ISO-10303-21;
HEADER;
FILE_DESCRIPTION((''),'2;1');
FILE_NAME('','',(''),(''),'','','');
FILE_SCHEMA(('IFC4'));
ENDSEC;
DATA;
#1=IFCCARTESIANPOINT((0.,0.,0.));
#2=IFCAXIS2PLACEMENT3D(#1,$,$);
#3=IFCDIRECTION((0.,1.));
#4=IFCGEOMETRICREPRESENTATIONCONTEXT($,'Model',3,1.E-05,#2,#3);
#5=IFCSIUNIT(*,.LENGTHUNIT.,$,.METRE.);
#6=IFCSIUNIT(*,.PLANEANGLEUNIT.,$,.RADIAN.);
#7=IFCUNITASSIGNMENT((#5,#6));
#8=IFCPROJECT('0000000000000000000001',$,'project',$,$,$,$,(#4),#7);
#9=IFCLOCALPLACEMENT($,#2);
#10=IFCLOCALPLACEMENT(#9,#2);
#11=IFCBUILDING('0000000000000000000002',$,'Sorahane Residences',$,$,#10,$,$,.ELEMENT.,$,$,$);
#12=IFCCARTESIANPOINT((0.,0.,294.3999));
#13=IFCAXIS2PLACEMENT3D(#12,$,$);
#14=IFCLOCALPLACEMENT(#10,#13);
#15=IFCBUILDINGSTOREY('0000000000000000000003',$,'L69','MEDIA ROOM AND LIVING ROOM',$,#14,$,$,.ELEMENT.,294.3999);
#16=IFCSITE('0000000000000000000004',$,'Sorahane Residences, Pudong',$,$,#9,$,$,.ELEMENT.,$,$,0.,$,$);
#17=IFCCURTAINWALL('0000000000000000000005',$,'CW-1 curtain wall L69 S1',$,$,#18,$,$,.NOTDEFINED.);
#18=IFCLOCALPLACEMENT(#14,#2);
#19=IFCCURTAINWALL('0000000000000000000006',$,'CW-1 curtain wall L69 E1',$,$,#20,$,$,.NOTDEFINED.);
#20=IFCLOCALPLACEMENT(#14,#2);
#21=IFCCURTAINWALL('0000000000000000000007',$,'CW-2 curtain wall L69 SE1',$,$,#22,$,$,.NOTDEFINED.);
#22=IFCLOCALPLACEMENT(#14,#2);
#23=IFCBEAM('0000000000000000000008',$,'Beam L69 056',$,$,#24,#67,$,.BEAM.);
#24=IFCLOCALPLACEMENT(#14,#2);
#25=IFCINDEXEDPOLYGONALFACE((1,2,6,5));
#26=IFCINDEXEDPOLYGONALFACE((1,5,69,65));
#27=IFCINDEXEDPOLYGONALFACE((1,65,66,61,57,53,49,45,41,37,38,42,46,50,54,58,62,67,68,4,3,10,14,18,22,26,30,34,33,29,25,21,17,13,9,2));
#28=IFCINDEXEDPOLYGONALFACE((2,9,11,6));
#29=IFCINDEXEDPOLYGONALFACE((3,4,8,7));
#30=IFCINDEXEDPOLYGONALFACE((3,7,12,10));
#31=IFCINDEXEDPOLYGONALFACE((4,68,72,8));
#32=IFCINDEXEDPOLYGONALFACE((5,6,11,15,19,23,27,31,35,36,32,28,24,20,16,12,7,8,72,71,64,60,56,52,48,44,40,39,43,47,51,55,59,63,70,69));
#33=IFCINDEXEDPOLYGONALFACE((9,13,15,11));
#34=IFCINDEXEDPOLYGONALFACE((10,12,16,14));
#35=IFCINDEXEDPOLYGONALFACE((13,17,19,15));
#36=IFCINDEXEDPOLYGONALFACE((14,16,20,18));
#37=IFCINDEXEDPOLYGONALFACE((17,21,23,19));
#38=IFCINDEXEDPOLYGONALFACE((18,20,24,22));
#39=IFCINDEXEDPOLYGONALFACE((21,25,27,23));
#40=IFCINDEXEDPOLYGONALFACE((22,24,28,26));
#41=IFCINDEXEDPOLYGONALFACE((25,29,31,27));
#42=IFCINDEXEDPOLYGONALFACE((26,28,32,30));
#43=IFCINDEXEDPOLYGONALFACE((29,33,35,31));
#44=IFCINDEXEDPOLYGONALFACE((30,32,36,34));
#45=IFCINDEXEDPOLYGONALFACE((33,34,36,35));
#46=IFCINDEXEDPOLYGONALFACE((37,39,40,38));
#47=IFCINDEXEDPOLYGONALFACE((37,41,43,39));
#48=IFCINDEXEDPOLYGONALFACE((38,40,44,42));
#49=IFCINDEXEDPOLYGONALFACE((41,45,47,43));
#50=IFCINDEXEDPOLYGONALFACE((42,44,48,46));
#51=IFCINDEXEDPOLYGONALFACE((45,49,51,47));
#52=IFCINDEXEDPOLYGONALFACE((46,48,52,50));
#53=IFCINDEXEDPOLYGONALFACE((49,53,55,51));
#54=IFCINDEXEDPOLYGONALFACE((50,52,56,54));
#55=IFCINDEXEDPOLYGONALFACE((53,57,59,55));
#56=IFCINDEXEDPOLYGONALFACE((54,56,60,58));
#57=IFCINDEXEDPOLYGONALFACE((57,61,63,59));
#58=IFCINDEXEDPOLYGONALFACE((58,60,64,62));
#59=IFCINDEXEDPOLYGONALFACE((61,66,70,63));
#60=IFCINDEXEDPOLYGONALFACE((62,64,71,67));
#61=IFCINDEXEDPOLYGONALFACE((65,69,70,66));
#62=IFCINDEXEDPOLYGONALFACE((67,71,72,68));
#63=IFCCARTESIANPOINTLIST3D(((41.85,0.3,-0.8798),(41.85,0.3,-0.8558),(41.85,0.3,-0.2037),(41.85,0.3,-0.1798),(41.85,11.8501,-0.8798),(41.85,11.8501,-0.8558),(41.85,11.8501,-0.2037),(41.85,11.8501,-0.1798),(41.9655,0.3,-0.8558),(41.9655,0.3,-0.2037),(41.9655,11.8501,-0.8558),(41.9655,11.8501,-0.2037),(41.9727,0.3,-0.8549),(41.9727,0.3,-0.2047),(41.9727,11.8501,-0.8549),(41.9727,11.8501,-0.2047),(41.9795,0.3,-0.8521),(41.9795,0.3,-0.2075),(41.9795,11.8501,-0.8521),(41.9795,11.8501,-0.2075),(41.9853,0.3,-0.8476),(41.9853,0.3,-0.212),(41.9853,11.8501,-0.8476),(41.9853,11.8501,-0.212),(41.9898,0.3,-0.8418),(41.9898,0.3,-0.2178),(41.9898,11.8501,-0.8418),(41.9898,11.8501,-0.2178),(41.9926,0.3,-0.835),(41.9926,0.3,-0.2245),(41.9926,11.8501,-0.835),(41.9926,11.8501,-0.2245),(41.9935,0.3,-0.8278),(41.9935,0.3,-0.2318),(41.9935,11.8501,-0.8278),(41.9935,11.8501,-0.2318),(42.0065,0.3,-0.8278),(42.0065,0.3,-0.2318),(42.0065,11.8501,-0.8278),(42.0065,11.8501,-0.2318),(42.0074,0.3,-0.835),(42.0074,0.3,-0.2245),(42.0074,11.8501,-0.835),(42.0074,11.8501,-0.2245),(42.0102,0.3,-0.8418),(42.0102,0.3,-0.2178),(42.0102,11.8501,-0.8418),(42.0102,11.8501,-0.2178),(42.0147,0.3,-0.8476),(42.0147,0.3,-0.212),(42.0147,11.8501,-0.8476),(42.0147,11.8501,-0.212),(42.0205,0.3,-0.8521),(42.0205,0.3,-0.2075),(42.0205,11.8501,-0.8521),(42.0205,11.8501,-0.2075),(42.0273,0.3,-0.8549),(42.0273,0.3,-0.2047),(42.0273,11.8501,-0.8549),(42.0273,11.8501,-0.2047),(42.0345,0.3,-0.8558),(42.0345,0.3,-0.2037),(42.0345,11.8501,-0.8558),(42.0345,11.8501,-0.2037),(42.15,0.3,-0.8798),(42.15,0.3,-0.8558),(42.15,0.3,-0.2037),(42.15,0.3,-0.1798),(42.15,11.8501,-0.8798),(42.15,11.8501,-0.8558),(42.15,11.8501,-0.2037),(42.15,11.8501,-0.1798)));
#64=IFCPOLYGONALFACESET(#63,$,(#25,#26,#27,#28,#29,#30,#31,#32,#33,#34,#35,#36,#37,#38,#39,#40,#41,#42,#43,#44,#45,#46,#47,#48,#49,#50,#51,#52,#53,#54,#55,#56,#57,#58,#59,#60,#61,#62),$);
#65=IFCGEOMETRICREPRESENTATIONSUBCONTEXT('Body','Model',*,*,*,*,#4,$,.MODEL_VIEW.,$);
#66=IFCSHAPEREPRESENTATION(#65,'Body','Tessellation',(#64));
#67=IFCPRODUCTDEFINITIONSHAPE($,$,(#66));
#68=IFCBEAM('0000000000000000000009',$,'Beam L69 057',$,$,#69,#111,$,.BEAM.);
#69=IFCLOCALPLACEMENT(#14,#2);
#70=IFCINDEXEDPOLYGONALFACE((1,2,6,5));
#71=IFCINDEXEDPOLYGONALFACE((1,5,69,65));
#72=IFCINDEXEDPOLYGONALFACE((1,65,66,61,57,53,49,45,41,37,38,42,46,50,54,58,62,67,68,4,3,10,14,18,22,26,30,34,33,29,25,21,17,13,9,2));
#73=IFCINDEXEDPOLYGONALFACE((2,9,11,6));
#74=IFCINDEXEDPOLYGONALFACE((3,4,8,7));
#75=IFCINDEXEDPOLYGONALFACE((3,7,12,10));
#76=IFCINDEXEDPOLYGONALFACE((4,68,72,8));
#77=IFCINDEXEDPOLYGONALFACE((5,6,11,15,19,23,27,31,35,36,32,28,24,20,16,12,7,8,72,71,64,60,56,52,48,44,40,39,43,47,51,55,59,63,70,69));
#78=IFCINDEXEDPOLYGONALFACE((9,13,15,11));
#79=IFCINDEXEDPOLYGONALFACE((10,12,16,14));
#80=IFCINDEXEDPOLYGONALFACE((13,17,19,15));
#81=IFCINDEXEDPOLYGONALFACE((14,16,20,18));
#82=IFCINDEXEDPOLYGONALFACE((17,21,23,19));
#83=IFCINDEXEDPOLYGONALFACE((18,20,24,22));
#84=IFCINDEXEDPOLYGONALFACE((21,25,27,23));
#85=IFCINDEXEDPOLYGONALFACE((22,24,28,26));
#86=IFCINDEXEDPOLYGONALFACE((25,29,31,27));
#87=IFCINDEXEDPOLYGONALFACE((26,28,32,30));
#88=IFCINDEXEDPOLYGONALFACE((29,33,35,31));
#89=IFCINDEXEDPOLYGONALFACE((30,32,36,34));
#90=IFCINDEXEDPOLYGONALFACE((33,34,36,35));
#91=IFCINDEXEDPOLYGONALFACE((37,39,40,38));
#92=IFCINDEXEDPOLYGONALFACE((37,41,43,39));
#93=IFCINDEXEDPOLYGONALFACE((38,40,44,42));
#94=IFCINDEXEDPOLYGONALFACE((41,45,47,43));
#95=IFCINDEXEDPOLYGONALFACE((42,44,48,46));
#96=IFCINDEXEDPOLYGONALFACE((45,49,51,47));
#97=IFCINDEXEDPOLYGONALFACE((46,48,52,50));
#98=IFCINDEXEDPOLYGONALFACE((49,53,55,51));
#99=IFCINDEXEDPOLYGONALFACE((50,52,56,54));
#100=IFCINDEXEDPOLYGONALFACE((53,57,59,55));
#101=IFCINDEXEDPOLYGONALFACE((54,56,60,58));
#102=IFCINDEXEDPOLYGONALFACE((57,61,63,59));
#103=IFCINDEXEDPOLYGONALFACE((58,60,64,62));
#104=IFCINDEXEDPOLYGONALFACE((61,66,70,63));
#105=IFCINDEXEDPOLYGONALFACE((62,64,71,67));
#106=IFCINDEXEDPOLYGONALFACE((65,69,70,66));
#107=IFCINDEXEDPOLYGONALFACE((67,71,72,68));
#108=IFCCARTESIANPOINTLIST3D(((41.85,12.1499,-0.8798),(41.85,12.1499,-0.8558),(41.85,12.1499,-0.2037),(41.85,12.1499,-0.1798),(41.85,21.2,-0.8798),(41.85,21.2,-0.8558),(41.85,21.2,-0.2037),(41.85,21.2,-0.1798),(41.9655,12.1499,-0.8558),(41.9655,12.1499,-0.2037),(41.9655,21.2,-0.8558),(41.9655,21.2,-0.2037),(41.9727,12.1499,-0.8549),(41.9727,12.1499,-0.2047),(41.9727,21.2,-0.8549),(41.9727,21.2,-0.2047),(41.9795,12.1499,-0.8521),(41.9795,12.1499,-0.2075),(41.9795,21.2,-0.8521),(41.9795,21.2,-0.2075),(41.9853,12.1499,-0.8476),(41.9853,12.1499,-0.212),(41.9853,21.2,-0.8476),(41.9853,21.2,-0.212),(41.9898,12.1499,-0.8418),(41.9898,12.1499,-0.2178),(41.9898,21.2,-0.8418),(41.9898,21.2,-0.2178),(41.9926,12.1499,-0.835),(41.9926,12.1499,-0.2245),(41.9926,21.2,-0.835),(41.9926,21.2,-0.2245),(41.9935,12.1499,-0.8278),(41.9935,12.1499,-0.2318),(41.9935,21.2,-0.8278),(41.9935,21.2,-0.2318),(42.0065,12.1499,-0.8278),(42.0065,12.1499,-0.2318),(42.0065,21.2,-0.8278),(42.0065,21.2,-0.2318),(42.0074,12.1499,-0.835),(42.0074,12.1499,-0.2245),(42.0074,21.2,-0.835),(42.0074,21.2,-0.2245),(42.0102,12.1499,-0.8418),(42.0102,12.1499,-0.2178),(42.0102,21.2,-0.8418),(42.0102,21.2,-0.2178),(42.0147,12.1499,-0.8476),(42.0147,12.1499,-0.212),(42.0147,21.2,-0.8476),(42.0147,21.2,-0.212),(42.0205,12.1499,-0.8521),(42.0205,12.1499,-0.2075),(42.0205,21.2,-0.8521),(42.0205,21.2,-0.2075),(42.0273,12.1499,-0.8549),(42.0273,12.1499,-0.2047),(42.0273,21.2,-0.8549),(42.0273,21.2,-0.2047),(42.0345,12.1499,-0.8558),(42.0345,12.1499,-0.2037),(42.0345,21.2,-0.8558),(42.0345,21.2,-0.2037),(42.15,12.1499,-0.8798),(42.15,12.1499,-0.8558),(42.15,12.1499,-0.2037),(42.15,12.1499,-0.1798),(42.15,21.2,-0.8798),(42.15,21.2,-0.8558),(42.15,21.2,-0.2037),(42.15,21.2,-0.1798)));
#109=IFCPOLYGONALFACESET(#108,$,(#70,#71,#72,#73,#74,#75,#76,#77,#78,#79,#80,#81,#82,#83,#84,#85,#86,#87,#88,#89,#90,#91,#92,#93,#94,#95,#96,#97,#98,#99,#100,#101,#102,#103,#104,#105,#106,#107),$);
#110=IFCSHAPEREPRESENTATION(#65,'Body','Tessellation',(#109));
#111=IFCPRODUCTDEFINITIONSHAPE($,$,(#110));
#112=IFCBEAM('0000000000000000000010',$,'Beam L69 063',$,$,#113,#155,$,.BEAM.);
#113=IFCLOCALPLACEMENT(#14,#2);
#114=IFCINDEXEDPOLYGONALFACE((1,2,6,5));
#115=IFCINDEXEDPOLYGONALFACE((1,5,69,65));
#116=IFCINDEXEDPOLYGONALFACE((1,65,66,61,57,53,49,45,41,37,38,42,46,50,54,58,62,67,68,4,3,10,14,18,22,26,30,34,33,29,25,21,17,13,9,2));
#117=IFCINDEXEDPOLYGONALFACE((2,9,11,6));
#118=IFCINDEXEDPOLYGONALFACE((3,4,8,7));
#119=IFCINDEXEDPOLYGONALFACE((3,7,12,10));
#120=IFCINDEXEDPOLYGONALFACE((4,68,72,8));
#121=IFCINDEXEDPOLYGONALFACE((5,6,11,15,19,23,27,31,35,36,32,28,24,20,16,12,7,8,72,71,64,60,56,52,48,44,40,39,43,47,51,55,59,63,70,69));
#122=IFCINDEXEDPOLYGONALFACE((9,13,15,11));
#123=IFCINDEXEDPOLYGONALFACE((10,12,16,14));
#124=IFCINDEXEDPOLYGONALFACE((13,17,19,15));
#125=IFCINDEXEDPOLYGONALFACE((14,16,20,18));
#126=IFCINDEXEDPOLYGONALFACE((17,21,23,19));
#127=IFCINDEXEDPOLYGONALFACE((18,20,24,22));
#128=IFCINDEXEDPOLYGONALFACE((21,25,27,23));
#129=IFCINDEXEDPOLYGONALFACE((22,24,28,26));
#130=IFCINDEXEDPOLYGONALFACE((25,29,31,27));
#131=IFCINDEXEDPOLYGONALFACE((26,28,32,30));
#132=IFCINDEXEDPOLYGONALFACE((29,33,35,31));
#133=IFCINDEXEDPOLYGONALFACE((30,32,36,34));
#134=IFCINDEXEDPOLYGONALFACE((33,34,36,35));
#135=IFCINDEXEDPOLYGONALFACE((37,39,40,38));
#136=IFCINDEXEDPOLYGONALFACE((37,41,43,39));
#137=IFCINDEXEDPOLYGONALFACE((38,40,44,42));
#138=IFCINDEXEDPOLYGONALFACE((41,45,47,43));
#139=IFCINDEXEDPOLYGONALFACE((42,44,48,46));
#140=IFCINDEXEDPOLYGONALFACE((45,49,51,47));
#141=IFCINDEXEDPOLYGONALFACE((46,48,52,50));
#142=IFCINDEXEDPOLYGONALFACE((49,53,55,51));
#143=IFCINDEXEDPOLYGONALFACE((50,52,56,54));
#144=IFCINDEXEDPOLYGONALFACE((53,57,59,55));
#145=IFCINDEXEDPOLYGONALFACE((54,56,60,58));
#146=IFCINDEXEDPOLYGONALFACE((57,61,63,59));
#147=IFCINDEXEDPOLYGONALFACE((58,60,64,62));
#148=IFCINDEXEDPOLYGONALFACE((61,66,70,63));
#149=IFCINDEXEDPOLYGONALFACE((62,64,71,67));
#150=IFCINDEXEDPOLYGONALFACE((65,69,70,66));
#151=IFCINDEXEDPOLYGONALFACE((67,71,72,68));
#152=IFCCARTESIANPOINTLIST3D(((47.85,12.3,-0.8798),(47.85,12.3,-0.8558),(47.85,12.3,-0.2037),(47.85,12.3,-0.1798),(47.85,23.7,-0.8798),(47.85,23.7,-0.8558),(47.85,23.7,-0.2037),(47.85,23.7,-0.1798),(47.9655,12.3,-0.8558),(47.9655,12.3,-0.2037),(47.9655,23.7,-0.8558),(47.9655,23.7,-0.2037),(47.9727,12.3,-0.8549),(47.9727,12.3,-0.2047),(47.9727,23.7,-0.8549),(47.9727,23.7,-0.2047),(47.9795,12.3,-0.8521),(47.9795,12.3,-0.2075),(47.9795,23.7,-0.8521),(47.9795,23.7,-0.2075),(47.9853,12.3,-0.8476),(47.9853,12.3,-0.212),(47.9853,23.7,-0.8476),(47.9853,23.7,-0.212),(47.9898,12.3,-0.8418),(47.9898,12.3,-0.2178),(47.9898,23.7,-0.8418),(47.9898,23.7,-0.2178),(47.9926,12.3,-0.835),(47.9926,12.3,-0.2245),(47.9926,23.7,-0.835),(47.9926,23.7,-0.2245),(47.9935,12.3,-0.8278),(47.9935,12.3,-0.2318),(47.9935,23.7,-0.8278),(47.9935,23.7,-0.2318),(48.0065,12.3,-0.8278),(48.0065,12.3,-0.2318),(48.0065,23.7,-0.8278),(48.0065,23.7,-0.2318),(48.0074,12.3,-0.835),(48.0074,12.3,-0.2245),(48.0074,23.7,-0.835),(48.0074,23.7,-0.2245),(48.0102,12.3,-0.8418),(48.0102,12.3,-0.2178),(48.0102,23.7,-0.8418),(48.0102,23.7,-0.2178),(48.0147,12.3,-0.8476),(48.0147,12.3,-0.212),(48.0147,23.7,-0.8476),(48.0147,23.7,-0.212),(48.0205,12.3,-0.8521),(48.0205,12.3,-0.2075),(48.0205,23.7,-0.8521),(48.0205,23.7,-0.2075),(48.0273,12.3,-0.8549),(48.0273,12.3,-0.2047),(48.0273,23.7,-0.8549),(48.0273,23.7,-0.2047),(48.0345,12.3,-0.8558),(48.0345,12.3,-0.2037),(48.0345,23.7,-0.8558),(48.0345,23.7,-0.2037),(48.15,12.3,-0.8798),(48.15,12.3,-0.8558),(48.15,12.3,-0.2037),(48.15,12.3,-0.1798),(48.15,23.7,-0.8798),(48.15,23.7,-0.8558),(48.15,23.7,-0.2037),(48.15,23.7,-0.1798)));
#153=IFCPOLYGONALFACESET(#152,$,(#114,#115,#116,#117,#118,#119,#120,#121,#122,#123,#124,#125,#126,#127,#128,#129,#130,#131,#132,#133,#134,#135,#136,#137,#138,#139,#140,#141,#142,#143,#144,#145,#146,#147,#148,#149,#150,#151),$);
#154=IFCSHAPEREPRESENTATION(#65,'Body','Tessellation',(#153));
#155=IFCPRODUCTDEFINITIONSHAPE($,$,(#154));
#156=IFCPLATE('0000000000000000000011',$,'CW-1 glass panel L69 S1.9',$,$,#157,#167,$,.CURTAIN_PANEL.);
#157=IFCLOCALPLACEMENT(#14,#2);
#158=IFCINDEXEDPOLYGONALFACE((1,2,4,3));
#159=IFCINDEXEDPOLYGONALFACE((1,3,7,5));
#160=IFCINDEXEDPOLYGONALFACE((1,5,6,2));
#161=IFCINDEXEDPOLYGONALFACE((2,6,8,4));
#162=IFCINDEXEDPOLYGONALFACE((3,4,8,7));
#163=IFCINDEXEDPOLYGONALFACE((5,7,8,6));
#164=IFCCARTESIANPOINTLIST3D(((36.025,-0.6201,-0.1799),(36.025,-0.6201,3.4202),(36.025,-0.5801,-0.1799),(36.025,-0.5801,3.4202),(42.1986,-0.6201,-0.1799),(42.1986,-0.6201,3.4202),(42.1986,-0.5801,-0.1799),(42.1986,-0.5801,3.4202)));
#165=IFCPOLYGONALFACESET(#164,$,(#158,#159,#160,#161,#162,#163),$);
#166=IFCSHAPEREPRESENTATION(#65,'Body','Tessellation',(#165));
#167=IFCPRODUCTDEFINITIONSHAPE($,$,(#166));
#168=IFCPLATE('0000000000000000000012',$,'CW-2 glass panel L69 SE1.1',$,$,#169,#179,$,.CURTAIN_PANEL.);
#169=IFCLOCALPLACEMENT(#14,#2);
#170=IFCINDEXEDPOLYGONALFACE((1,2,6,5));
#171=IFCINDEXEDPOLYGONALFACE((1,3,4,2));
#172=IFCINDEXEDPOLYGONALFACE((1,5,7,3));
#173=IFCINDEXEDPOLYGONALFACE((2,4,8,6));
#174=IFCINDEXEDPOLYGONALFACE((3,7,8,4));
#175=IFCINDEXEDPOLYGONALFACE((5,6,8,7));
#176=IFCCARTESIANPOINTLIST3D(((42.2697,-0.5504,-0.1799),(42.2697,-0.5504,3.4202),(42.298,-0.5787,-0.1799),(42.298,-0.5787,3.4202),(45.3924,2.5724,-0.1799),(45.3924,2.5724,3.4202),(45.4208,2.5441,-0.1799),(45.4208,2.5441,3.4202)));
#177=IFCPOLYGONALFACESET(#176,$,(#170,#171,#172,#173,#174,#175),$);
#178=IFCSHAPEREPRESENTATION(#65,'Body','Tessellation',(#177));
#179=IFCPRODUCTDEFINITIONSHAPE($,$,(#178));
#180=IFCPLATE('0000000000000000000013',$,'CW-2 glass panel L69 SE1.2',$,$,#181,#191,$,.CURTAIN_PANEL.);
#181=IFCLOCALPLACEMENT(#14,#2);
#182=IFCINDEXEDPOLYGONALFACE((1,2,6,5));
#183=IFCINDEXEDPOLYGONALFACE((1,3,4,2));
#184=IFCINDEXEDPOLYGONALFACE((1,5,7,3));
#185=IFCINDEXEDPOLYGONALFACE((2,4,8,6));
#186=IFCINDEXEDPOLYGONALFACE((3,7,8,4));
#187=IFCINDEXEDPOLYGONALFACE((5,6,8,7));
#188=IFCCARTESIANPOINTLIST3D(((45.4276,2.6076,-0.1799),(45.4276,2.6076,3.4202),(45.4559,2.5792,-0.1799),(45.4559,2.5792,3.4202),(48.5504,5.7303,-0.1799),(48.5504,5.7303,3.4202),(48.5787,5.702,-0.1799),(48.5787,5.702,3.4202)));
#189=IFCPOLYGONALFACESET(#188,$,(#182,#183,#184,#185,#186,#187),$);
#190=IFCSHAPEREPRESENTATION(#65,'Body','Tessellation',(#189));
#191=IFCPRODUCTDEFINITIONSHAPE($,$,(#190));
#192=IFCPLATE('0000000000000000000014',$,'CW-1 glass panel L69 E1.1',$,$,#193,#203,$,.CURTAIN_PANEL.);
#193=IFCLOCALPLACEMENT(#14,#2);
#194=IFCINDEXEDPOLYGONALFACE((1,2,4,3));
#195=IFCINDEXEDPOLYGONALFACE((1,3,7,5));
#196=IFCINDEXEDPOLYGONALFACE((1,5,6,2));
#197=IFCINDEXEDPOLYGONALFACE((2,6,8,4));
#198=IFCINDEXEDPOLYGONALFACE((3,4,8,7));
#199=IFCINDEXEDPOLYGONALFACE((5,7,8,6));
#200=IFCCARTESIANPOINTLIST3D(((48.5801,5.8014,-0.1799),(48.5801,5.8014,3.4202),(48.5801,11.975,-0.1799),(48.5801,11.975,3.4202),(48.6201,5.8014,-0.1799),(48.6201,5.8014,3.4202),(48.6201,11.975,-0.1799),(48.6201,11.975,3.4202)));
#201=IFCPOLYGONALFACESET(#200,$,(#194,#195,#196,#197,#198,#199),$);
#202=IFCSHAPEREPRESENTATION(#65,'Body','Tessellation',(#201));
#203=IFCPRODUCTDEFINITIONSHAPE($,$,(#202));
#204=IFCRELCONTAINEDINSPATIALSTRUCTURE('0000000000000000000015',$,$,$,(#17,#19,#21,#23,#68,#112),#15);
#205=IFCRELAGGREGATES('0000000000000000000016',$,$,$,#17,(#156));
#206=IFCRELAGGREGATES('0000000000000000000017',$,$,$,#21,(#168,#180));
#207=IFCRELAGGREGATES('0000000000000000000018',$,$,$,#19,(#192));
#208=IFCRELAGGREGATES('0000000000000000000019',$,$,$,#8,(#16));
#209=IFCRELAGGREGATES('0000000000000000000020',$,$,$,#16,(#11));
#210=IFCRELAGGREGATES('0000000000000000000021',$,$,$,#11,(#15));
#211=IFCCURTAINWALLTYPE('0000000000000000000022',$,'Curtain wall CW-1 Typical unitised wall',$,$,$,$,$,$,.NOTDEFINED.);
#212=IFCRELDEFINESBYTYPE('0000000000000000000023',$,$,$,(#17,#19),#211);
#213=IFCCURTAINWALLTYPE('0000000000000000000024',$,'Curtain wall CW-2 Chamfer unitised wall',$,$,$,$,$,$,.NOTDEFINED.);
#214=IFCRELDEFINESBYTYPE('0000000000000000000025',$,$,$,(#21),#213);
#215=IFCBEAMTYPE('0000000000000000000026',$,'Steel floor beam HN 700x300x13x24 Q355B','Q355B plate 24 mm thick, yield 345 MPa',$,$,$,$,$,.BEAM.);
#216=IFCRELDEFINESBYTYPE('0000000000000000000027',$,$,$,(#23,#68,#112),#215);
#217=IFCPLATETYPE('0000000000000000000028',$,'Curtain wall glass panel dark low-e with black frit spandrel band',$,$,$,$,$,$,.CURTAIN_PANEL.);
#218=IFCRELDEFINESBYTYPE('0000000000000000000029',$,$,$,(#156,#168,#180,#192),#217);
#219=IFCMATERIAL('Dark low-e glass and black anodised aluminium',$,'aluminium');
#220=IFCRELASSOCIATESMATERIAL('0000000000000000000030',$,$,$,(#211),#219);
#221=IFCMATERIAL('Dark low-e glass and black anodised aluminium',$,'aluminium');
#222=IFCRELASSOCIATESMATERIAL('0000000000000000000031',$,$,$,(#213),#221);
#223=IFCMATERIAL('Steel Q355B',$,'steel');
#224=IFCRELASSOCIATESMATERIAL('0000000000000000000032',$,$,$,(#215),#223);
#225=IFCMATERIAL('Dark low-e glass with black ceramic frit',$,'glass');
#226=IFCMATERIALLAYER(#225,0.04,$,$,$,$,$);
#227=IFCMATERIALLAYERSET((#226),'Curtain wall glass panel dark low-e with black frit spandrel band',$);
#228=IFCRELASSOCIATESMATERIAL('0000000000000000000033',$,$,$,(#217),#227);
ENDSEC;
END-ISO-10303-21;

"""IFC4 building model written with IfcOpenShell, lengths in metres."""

from ifc_helpers import new_model, si_unit, direction, frame, origin, origin_2d, place, context, subcontext, project, spatial, rectangle, i_section, extrude, material, layer, layer_set, material_profile, profile_set, type_object, element, aggregate, save


model = new_model("IFC4")

# Units and contexts
model_context = context("Model", 3, precision=1e-05, world=origin(), true_north=direction((0.0, 1.0)))
body_context = subcontext(model_context, "Body", "Model", "MODEL_VIEW")
ifc_project = project(units=[si_unit("LENGTHUNIT", "METRE"), si_unit("PLANEANGLEUNIT", "RADIAN")], contexts=[model_context])

# Site, building, storey
site_placement = place(None, origin())
site = spatial("IfcSite", under=ifc_project, at=site_placement, Name="Sorahane Residences, Pudong", CompositionType="ELEMENT", RefElevation=0.0)
building_placement = place(site_placement, origin())
building = spatial("IfcBuilding", under=site, at=building_placement, Name="Sorahane Residences", CompositionType="ELEMENT")
storey_placement = place(building_placement, frame((0.0, 0.0, 294.3999)))
storey = spatial("IfcBuildingStorey", under=building, at=storey_placement, Name="L69", Description="MEDIA ROOM AND LIVING ROOM", CompositionType="ELEMENT", Elevation=294.3999)

# Curtain walls
ifc_material_1 = material(Name="Dark low-e glass and black anodised aluminium", Category="aluminium")
curtain_wall_type_1 = type_object("IfcCurtainWallType", Name="Curtain wall CW-1 Typical unitised wall", PredefinedType="NOTDEFINED", material=ifc_material_1)
curtain_wall_1_placement = place(storey_placement, origin())
curtain_wall_1 = element("IfcCurtainWall", 1, at=curtain_wall_1_placement, inside=storey, type_object=curtain_wall_type_1, Name="CW-1 curtain wall L69 S1", PredefinedType="NOTDEFINED")
curtain_wall_2_placement = place(storey_placement, origin())
curtain_wall_2 = element("IfcCurtainWall", 2, at=curtain_wall_2_placement, inside=storey, type_object=curtain_wall_type_1, Name="CW-1 curtain wall L69 E1", PredefinedType="NOTDEFINED")

# Curtain wall
ifc_material_2 = material(Name="Dark low-e glass and black anodised aluminium", Category="aluminium")
curtain_wall_type_2 = type_object("IfcCurtainWallType", Name="Curtain wall CW-2 Chamfer unitised wall", PredefinedType="NOTDEFINED", material=ifc_material_2)
curtain_wall_3_placement = place(storey_placement, origin())
curtain_wall_3 = element("IfcCurtainWall", 3, at=curtain_wall_3_placement, inside=storey, type_object=curtain_wall_type_2, Name="CW-2 curtain wall L69 SE1", PredefinedType="NOTDEFINED")

# Beams
ifc_material_3 = material(Name="Steel Q355B", Category="steel")
ifc_material_profile_1 = material_profile(ifc_material_3, i_section(OverallWidth=0.3, OverallDepth=0.7, WebThickness=0.0129, FlangeThickness=0.0239, FilletRadius=0.0281, at=origin_2d()), Name="HN 700x300x13x24")
ifc_profile_set_1 = profile_set([ifc_material_profile_1], Name="Steel Q355B")
beam_type_1 = type_object("IfcBeamType", Name="Steel floor beam HN 700x300x13x24 Q355B", Description="Q355B plate 24 mm thick, yield 345 MPa", PredefinedType="BEAM", material=ifc_profile_set_1)
beam_1_placement = place(storey_placement, frame((42.0, 0.3, -0.5298), z_axis=(0.0, 1.0, 0.0), x_axis=(-1.0, 0.0, 0.0)))
element("IfcBeam", 4, at=beam_1_placement, inside=storey, type_object=beam_type_1, Name="Beam L69 056", PredefinedType="BEAM", context=body_context, shape_type="SweptSolid", body=[
    extrude(i_section(OverallWidth=0.3, OverallDepth=0.7, WebThickness=0.0129, FlangeThickness=0.0239, FilletRadius=0.0281, at=origin_2d()), origin(), (0.0, 0.0, 1.0), 11.55),
])
beam_2_placement = place(storey_placement, frame((42.0, 12.1499, -0.5298), z_axis=(0.0, 1.0, 0.0), x_axis=(-1.0, 0.0, 0.0)))
element("IfcBeam", 5, at=beam_2_placement, inside=storey, type_object=beam_type_1, Name="Beam L69 057", PredefinedType="BEAM", context=body_context, shape_type="SweptSolid", body=[
    extrude(i_section(OverallWidth=0.3, OverallDepth=0.7, WebThickness=0.0129, FlangeThickness=0.0239, FilletRadius=0.0281, at=origin_2d()), origin(), (0.0, 0.0, 1.0), 9.05),
])
beam_3_placement = place(storey_placement, frame((48.0, 12.3, -0.5298), z_axis=(0.0, 1.0, 0.0), x_axis=(-1.0, 0.0, 0.0)))
element("IfcBeam", 6, at=beam_3_placement, inside=storey, type_object=beam_type_1, Name="Beam L69 063", PredefinedType="BEAM", context=body_context, shape_type="SweptSolid", body=[
    extrude(i_section(OverallWidth=0.3, OverallDepth=0.7, WebThickness=0.0129, FlangeThickness=0.0239, FilletRadius=0.0281, at=origin_2d()), origin(), (0.0, 0.0, 1.0), 11.3999),
])

# Plates
ifc_material_4 = material(Name="Dark low-e glass with black ceramic frit", Category="glass")
ifc_layer_1 = layer(ifc_material_4, 0.04)
ifc_layer_set_1 = layer_set([ifc_layer_1], Name="Curtain wall glass panel dark low-e with black frit spandrel band")
plate_type = type_object("IfcPlateType", Name="Curtain wall glass panel dark low-e with black frit spandrel band", PredefinedType="CURTAIN_PANEL", material=ifc_layer_set_1)
plate_1_placement = place(storey_placement, frame((39.1118, -0.6001, -0.1799), z_axis=(0.0, 0.0, 1.0), x_axis=(1.0, 0.0, 0.0)))
plate_1 = element("IfcPlate", 7, at=plate_1_placement, type_object=plate_type, Name="CW-1 glass panel L69 S1.9", PredefinedType="CURTAIN_PANEL", context=body_context, shape_type="SweptSolid", body=[
    extrude(rectangle(XDim=6.1736, YDim=0.04, at=origin_2d()), origin(), (0.0, 0.0, 1.0), 3.6001),
])
aggregate(curtain_wall_1, [plate_1])
plate_2_placement = place(storey_placement, frame((43.8452, 0.9968, -0.1799), z_axis=(0.0, 0.0, 1.0), x_axis=(0.707107, 0.707107, 0.0)))
plate_2 = element("IfcPlate", 8, at=plate_2_placement, type_object=plate_type, Name="CW-2 glass panel L69 SE1.1", PredefinedType="CURTAIN_PANEL", context=body_context, shape_type="SweptSolid", body=[
    extrude(rectangle(XDim=4.4163, YDim=0.04, at=origin_2d()), origin(), (0.0, 0.0, 1.0), 3.6001),
])
plate_3_placement = place(storey_placement, frame((47.0032, 4.1548, -0.1799), z_axis=(0.0, 0.0, 1.0), x_axis=(0.707107, 0.707107, 0.0)))
plate_3 = element("IfcPlate", 9, at=plate_3_placement, type_object=plate_type, Name="CW-2 glass panel L69 SE1.2", PredefinedType="CURTAIN_PANEL", context=body_context, shape_type="SweptSolid", body=[
    extrude(rectangle(XDim=4.4163, YDim=0.04, at=origin_2d()), origin(), (0.0, 0.0, 1.0), 3.6001),
])
aggregate(curtain_wall_3, [plate_2, plate_3])
plate_4_placement = place(storey_placement, frame((48.6001, 8.8882, -0.1799), z_axis=(0.0, 0.0, 1.0), x_axis=(0.0, 1.0, 0.0)))
plate_4 = element("IfcPlate", 10, at=plate_4_placement, type_object=plate_type, Name="CW-1 glass panel L69 E1.1", PredefinedType="CURTAIN_PANEL", context=body_context, shape_type="SweptSolid", body=[
    extrude(rectangle(XDim=6.1736, YDim=0.04, at=origin_2d()), origin(), (0.0, 0.0, 1.0), 3.6001),
])
aggregate(curtain_wall_2, [plate_4])

save(model, "model.ifc")
